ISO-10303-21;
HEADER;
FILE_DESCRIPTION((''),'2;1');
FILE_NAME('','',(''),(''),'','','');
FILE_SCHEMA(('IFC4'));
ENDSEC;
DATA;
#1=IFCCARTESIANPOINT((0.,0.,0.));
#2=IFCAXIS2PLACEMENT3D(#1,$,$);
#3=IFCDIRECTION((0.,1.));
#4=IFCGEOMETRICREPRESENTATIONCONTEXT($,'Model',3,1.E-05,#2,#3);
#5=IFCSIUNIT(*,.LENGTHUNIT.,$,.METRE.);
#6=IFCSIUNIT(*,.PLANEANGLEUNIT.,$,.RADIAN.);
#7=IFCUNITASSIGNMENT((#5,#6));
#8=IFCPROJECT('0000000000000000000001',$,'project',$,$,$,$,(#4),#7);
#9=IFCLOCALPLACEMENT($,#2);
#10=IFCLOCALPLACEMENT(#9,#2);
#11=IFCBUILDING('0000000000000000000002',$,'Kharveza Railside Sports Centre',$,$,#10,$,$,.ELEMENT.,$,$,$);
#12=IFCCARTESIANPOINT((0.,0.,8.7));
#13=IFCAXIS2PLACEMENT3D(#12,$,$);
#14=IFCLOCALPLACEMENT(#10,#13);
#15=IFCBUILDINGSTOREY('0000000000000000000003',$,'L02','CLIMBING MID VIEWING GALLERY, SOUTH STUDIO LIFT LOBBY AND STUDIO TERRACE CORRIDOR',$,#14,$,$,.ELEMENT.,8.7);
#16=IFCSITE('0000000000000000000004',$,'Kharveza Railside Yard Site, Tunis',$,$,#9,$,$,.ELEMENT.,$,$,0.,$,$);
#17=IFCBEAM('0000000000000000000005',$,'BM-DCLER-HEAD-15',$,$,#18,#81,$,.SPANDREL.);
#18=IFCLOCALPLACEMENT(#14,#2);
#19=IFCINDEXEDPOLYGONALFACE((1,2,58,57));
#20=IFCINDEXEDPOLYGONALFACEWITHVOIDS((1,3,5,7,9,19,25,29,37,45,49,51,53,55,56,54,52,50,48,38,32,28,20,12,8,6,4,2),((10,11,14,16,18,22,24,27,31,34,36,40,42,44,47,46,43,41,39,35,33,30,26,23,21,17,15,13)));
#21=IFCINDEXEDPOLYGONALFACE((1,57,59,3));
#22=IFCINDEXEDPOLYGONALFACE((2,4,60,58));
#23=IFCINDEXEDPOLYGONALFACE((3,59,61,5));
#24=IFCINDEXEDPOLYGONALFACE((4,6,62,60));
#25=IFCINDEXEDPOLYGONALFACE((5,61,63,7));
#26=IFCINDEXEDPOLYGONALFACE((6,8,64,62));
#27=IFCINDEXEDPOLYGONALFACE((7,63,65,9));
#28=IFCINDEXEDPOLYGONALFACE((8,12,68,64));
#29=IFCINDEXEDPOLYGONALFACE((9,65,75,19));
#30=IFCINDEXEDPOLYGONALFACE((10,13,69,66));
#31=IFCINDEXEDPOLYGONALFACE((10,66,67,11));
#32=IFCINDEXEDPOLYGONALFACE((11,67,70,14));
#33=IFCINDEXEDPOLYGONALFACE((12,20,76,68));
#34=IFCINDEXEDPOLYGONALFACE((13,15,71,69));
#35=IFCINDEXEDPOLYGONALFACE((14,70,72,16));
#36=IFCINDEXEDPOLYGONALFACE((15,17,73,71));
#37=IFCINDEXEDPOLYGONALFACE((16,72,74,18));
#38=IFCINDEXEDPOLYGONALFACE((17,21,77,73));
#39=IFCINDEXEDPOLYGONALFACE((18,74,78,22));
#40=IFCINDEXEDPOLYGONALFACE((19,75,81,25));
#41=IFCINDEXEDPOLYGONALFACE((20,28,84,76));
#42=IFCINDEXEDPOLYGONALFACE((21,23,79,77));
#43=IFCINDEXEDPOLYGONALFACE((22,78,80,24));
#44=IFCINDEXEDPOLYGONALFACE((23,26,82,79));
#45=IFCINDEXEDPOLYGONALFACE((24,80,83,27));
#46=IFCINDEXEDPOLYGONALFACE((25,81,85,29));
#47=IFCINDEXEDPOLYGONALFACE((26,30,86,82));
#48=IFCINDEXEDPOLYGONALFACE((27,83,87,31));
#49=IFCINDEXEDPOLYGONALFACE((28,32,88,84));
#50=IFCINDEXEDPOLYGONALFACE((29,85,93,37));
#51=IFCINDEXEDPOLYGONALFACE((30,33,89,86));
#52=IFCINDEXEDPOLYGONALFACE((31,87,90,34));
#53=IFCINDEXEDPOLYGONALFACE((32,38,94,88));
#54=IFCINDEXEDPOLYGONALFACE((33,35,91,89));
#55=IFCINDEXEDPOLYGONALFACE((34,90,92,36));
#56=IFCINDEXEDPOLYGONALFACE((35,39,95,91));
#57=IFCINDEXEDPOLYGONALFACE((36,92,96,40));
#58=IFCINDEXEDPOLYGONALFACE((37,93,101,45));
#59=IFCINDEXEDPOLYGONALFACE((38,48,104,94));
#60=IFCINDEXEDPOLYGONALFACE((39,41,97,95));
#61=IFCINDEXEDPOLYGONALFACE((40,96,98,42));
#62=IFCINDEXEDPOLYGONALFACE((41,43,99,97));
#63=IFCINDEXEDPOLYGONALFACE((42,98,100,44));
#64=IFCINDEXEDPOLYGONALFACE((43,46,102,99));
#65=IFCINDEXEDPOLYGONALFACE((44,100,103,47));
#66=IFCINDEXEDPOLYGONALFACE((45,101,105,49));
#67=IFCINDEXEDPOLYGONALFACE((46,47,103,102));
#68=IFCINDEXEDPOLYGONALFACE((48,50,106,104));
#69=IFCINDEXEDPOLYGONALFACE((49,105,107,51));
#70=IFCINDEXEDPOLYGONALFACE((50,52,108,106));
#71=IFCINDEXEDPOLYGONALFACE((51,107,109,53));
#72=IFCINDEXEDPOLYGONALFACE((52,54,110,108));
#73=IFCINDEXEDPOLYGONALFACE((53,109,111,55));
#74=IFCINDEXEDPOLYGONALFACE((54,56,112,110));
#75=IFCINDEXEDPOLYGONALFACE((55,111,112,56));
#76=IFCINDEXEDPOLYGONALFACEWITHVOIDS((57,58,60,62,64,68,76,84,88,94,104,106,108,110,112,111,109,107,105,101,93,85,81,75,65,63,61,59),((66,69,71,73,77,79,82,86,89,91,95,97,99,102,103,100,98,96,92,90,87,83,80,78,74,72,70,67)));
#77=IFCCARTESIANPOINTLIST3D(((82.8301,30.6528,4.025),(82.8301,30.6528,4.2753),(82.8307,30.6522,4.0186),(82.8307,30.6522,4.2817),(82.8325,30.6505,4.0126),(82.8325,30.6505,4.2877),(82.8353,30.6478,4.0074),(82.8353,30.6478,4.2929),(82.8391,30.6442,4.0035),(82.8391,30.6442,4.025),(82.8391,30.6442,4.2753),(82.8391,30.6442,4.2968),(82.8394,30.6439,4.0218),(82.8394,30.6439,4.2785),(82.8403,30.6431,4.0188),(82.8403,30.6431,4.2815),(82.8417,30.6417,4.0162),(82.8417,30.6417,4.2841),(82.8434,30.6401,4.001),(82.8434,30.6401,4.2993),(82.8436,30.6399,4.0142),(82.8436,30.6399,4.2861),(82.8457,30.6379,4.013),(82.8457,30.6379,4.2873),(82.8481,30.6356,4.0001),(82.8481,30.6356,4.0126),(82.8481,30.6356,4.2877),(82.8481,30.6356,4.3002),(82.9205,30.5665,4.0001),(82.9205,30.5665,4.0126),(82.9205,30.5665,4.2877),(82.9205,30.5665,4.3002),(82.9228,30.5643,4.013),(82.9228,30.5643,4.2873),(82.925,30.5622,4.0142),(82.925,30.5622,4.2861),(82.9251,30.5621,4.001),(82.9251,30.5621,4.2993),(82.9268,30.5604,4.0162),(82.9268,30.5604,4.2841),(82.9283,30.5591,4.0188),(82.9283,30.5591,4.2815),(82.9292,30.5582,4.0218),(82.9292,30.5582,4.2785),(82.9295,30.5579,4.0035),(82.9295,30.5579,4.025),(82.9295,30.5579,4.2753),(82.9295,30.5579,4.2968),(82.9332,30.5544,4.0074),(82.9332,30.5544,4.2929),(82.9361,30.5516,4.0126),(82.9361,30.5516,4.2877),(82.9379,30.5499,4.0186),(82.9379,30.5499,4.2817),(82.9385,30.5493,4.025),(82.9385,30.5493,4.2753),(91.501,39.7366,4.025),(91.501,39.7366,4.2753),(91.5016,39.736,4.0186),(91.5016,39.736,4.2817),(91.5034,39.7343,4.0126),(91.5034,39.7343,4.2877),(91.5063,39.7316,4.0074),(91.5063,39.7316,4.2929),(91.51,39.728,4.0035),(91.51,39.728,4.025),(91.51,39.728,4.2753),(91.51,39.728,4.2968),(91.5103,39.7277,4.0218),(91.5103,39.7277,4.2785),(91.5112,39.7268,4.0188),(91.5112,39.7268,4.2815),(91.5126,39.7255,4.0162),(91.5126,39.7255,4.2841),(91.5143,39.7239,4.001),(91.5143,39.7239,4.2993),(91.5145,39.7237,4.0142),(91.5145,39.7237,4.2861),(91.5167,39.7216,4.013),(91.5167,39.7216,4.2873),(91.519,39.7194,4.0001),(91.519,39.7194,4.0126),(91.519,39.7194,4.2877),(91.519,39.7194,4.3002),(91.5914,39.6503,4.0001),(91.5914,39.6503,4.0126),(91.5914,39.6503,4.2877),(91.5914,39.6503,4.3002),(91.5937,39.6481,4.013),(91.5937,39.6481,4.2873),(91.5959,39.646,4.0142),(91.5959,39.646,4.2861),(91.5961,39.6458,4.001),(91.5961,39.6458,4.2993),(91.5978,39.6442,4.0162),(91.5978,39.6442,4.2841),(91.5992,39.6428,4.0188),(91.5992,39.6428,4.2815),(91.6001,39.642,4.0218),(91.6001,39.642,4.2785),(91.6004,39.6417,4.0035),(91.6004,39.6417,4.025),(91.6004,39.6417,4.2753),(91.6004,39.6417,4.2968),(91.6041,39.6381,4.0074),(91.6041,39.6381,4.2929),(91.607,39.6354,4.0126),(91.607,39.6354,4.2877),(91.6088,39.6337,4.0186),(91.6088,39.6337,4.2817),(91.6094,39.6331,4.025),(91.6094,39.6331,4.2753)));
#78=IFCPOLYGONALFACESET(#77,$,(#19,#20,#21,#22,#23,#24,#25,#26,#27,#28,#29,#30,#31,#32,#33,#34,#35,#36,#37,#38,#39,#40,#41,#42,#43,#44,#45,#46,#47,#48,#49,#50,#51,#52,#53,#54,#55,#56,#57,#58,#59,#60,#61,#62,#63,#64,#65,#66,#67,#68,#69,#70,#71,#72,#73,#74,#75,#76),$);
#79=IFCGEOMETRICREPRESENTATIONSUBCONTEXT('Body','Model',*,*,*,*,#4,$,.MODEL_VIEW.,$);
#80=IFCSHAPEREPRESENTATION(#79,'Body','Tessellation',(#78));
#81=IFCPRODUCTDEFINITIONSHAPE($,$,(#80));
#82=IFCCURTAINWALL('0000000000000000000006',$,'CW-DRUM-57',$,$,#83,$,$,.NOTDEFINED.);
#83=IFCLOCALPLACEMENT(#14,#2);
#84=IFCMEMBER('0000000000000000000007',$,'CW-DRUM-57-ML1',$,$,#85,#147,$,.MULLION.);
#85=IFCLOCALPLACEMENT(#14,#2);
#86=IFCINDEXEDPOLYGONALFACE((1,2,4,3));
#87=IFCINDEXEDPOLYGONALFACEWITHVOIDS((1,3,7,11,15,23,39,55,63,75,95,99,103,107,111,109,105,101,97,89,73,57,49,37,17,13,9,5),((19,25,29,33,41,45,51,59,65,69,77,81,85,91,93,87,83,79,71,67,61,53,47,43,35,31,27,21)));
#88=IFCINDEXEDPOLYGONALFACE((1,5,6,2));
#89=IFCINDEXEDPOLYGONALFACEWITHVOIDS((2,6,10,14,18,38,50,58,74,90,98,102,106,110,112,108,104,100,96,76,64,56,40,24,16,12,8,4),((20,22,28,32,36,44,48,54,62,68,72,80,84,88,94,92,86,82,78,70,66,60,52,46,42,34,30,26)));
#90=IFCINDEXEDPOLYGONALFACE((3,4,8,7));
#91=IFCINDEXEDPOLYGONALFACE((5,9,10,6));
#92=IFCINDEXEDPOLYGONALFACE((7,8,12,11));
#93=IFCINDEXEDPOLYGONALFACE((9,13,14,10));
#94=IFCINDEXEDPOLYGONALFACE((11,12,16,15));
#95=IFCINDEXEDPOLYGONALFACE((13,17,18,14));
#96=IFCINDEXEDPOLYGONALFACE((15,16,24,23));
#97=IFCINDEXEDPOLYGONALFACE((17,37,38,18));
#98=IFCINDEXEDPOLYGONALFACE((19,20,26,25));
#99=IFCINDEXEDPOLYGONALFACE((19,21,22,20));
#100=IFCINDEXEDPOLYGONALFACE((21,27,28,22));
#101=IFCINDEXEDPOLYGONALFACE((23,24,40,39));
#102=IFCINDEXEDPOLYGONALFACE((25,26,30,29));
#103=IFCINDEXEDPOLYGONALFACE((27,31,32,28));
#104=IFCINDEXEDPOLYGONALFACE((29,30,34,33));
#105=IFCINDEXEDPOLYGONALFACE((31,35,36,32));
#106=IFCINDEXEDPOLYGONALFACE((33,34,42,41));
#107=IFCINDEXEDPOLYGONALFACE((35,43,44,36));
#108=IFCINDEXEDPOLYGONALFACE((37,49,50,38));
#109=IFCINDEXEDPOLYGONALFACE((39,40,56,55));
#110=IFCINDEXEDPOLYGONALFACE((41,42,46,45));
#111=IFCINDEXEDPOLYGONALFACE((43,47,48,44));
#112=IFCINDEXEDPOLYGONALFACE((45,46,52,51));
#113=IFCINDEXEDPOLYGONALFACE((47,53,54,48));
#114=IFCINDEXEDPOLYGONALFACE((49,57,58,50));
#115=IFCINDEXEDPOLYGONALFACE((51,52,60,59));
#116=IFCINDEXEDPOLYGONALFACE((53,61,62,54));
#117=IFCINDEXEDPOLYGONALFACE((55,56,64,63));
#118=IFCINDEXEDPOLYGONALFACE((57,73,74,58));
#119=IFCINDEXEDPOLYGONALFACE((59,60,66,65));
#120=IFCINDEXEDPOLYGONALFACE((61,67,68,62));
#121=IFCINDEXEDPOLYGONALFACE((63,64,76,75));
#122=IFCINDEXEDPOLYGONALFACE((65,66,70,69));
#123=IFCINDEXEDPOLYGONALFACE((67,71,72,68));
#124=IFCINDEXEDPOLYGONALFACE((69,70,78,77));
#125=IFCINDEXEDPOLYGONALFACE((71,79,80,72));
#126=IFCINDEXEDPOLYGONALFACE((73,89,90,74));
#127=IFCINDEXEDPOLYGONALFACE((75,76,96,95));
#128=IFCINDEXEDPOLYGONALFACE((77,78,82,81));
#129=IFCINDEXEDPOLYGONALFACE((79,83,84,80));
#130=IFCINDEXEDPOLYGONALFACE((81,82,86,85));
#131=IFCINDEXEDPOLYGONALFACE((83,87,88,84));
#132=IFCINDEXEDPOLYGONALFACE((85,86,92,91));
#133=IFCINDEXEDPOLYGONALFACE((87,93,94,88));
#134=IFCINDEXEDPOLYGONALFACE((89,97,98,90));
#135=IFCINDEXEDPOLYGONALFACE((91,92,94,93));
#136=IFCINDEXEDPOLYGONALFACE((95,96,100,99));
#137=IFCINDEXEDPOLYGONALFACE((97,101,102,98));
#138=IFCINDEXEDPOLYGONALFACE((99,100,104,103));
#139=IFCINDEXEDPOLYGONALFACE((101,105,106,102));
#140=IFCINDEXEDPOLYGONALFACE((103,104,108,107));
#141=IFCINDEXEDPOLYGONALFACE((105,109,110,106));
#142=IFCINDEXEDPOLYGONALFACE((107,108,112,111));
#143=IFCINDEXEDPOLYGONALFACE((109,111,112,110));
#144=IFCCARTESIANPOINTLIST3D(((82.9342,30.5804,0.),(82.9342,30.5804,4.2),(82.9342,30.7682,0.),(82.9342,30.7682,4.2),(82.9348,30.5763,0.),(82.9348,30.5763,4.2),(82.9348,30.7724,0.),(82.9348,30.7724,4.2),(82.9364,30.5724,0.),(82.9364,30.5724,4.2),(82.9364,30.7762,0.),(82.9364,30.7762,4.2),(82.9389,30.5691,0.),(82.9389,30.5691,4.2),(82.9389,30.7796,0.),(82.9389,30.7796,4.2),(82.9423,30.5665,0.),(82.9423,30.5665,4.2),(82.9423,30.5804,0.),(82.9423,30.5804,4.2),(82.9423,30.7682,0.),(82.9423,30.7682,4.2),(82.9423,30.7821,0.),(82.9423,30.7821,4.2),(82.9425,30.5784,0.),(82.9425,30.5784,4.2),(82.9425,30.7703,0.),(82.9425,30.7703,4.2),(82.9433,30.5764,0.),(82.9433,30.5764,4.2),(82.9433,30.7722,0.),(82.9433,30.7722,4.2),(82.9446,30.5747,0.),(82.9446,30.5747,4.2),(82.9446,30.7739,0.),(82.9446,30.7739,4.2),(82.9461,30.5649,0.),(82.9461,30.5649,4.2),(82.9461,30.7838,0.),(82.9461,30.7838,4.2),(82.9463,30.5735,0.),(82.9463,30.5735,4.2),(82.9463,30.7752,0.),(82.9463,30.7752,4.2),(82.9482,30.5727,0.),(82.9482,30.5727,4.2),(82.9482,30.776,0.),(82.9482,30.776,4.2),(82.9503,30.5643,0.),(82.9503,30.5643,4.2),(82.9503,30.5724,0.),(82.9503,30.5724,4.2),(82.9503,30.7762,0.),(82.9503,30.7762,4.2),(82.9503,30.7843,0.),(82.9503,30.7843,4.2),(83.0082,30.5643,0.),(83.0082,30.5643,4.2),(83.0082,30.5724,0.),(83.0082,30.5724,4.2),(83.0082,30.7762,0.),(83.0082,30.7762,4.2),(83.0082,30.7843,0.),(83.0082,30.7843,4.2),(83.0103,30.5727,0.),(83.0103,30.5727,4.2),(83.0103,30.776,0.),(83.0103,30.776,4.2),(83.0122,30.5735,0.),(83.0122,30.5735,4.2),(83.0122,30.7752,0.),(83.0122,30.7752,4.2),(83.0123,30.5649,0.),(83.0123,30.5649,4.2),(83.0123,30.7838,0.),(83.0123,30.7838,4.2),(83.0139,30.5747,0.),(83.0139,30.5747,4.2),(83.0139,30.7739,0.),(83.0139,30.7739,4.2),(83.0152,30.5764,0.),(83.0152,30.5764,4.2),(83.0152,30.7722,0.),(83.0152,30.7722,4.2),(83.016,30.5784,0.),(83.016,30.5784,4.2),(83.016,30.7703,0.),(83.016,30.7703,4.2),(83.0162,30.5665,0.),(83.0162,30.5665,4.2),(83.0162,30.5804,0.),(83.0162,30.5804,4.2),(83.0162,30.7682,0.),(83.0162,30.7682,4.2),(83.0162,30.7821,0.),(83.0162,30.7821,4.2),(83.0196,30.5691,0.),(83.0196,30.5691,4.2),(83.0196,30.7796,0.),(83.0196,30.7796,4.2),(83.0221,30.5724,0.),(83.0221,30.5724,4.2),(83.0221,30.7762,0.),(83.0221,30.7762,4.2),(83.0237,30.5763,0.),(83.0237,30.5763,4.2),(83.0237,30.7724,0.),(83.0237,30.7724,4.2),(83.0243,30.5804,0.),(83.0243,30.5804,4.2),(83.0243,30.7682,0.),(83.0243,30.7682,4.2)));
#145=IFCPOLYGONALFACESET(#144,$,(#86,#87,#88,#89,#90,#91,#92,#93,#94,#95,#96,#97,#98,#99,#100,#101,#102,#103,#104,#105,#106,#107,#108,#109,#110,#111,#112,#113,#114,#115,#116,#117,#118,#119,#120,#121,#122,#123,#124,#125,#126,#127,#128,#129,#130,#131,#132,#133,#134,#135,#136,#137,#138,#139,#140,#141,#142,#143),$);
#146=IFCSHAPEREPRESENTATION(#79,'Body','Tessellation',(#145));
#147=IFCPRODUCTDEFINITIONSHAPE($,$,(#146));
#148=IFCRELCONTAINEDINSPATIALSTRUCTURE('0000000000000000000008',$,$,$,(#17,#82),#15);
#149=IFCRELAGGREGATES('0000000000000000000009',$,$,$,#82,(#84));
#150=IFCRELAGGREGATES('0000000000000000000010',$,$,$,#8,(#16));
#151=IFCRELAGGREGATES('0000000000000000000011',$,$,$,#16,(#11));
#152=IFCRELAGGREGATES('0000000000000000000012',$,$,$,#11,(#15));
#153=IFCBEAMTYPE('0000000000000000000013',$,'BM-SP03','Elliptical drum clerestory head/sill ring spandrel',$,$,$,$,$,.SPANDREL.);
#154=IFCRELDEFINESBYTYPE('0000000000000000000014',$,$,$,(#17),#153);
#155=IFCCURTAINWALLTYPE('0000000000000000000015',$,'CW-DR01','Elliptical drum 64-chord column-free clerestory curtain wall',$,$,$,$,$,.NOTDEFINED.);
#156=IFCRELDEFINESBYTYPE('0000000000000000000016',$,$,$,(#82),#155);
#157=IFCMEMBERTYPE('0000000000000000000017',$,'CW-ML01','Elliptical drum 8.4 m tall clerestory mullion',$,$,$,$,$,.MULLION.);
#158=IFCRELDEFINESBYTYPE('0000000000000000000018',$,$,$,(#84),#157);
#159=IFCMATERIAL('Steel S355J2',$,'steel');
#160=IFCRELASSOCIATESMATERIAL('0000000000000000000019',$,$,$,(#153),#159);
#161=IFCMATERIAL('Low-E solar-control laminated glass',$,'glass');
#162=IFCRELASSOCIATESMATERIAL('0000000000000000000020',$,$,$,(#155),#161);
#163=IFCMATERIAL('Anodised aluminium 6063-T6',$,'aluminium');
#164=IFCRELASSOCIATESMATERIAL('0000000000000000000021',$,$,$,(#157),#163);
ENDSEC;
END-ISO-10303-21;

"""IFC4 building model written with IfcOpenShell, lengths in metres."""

from ifc_helpers import new_model, si_unit, direction, frame, origin, origin_2d, place, context, subcontext, project, spatial, hollow_rectangle, extrude, material, material_profile, profile_set, type_object, element, aggregate, save


model = new_model("IFC4")

# Units and contexts
model_context = context("Model", 3, precision=1e-05, world=origin(), true_north=direction((0.0, 1.0)))
body_context = subcontext(model_context, "Body", "Model", "MODEL_VIEW")
ifc_project = project(units=[si_unit("LENGTHUNIT", "METRE"), si_unit("PLANEANGLEUNIT", "RADIAN")], contexts=[model_context])

# Site, building, storey
site_placement = place(None, origin())
site = spatial("IfcSite", under=ifc_project, at=site_placement, Name="Kharveza Railside Yard Site, Tunis", CompositionType="ELEMENT", RefElevation=0.0)
building_placement = place(site_placement, origin())
building = spatial("IfcBuilding", under=site, at=building_placement, Name="Kharveza Railside Sports Centre", CompositionType="ELEMENT")
storey_placement = place(building_placement, frame((0.0, 0.0, 8.7)))
storey = spatial("IfcBuildingStorey", under=building, at=storey_placement, Name="L02", Description="CLIMBING MID VIEWING GALLERY, SOUTH STUDIO LIFT LOBBY AND STUDIO TERRACE CORRIDOR", CompositionType="ELEMENT", Elevation=8.7)

# Shared definitions
ifc_material_1 = material(Name="Steel S355J2", Category="steel")

# Beam
ifc_material_profile_1 = material_profile(ifc_material_1, hollow_rectangle(XDim=0.1499, YDim=0.3, WallThickness=0.0125, InnerFilletRadius=0.0125, OuterFilletRadius=0.0249, at=origin_2d()), Name="RHS 150x300x12.5")
ifc_profile_set_1 = profile_set([ifc_material_profile_1], Name="Steel S355J2")
beam_type_1 = type_object("IfcBeamType", Name="BM-SP03", Description="Elliptical drum clerestory head/sill ring spandrel", PredefinedType="SPANDREL", material=ifc_profile_set_1)
beam_1_placement = place(storey_placement, frame((82.8843, 30.6011, 4.1501), z_axis=(0.690478, 0.723353, 0.0), x_axis=(-0.723353, 0.690478, 0.0)))
element("IfcBeam", 1, at=beam_1_placement, inside=storey, type_object=beam_type_1, Name="BM-DCLER-HEAD-15", PredefinedType="SPANDREL", context=body_context, shape_type="SweptSolid", body=[
    extrude(hollow_rectangle(XDim=0.1499, YDim=0.3, WallThickness=0.0125, InnerFilletRadius=0.0125, OuterFilletRadius=0.0249, at=origin_2d()), origin(), (0.0, 0.0, 1.0), 12.5579),
])

# Curtain wall, member
ifc_material_2 = material(Name="Low-E solar-control laminated glass", Category="glass")
curtain_wall_type = type_object("IfcCurtainWallType", Name="CW-DR01", Description="Elliptical drum 64-chord column-free clerestory curtain wall", PredefinedType="NOTDEFINED", material=ifc_material_2)
curtain_wall_placement = place(storey_placement, origin())
curtain_wall = element("IfcCurtainWall", 2, at=curtain_wall_placement, inside=storey, type_object=curtain_wall_type, Name="CW-DRUM-57", PredefinedType="NOTDEFINED")
ifc_material_3 = material(Name="Anodised aluminium 6063-T6", Category="aluminium")
ifc_material_profile_2 = material_profile(ifc_material_3, hollow_rectangle(XDim=0.0901, YDim=0.22, WallThickness=0.0081, InnerFilletRadius=0.0081, OuterFilletRadius=0.0161, at=origin_2d()), Name="RHS 90x220x8.0")
ifc_profile_set_2 = profile_set([ifc_material_profile_2], Name="Anodised aluminium 6063-T6")
member_type_1 = type_object("IfcMemberType", Name="CW-ML01", Description="Elliptical drum 8.4 m tall clerestory mullion", PredefinedType="MULLION", material=ifc_profile_set_2)
member_1_placement = place(storey_placement, frame((82.9792, 30.6743, 0.0), z_axis=(0.0, 0.0, 1.0), x_axis=(1.0, 0.0, 0.0)))
member_1 = element("IfcMember", 3, at=member_1_placement, type_object=member_type_1, Name="CW-DRUM-57-ML1", PredefinedType="MULLION", context=body_context, shape_type="SweptSolid", body=[
    extrude(hollow_rectangle(XDim=0.0901, YDim=0.22, WallThickness=0.0081, InnerFilletRadius=0.0081, OuterFilletRadius=0.0161, at=origin_2d()), origin(), (0.0, 0.0, 1.0), 4.2),
])
aggregate(curtain_wall, [member_1])

save(model, "model.ifc")
